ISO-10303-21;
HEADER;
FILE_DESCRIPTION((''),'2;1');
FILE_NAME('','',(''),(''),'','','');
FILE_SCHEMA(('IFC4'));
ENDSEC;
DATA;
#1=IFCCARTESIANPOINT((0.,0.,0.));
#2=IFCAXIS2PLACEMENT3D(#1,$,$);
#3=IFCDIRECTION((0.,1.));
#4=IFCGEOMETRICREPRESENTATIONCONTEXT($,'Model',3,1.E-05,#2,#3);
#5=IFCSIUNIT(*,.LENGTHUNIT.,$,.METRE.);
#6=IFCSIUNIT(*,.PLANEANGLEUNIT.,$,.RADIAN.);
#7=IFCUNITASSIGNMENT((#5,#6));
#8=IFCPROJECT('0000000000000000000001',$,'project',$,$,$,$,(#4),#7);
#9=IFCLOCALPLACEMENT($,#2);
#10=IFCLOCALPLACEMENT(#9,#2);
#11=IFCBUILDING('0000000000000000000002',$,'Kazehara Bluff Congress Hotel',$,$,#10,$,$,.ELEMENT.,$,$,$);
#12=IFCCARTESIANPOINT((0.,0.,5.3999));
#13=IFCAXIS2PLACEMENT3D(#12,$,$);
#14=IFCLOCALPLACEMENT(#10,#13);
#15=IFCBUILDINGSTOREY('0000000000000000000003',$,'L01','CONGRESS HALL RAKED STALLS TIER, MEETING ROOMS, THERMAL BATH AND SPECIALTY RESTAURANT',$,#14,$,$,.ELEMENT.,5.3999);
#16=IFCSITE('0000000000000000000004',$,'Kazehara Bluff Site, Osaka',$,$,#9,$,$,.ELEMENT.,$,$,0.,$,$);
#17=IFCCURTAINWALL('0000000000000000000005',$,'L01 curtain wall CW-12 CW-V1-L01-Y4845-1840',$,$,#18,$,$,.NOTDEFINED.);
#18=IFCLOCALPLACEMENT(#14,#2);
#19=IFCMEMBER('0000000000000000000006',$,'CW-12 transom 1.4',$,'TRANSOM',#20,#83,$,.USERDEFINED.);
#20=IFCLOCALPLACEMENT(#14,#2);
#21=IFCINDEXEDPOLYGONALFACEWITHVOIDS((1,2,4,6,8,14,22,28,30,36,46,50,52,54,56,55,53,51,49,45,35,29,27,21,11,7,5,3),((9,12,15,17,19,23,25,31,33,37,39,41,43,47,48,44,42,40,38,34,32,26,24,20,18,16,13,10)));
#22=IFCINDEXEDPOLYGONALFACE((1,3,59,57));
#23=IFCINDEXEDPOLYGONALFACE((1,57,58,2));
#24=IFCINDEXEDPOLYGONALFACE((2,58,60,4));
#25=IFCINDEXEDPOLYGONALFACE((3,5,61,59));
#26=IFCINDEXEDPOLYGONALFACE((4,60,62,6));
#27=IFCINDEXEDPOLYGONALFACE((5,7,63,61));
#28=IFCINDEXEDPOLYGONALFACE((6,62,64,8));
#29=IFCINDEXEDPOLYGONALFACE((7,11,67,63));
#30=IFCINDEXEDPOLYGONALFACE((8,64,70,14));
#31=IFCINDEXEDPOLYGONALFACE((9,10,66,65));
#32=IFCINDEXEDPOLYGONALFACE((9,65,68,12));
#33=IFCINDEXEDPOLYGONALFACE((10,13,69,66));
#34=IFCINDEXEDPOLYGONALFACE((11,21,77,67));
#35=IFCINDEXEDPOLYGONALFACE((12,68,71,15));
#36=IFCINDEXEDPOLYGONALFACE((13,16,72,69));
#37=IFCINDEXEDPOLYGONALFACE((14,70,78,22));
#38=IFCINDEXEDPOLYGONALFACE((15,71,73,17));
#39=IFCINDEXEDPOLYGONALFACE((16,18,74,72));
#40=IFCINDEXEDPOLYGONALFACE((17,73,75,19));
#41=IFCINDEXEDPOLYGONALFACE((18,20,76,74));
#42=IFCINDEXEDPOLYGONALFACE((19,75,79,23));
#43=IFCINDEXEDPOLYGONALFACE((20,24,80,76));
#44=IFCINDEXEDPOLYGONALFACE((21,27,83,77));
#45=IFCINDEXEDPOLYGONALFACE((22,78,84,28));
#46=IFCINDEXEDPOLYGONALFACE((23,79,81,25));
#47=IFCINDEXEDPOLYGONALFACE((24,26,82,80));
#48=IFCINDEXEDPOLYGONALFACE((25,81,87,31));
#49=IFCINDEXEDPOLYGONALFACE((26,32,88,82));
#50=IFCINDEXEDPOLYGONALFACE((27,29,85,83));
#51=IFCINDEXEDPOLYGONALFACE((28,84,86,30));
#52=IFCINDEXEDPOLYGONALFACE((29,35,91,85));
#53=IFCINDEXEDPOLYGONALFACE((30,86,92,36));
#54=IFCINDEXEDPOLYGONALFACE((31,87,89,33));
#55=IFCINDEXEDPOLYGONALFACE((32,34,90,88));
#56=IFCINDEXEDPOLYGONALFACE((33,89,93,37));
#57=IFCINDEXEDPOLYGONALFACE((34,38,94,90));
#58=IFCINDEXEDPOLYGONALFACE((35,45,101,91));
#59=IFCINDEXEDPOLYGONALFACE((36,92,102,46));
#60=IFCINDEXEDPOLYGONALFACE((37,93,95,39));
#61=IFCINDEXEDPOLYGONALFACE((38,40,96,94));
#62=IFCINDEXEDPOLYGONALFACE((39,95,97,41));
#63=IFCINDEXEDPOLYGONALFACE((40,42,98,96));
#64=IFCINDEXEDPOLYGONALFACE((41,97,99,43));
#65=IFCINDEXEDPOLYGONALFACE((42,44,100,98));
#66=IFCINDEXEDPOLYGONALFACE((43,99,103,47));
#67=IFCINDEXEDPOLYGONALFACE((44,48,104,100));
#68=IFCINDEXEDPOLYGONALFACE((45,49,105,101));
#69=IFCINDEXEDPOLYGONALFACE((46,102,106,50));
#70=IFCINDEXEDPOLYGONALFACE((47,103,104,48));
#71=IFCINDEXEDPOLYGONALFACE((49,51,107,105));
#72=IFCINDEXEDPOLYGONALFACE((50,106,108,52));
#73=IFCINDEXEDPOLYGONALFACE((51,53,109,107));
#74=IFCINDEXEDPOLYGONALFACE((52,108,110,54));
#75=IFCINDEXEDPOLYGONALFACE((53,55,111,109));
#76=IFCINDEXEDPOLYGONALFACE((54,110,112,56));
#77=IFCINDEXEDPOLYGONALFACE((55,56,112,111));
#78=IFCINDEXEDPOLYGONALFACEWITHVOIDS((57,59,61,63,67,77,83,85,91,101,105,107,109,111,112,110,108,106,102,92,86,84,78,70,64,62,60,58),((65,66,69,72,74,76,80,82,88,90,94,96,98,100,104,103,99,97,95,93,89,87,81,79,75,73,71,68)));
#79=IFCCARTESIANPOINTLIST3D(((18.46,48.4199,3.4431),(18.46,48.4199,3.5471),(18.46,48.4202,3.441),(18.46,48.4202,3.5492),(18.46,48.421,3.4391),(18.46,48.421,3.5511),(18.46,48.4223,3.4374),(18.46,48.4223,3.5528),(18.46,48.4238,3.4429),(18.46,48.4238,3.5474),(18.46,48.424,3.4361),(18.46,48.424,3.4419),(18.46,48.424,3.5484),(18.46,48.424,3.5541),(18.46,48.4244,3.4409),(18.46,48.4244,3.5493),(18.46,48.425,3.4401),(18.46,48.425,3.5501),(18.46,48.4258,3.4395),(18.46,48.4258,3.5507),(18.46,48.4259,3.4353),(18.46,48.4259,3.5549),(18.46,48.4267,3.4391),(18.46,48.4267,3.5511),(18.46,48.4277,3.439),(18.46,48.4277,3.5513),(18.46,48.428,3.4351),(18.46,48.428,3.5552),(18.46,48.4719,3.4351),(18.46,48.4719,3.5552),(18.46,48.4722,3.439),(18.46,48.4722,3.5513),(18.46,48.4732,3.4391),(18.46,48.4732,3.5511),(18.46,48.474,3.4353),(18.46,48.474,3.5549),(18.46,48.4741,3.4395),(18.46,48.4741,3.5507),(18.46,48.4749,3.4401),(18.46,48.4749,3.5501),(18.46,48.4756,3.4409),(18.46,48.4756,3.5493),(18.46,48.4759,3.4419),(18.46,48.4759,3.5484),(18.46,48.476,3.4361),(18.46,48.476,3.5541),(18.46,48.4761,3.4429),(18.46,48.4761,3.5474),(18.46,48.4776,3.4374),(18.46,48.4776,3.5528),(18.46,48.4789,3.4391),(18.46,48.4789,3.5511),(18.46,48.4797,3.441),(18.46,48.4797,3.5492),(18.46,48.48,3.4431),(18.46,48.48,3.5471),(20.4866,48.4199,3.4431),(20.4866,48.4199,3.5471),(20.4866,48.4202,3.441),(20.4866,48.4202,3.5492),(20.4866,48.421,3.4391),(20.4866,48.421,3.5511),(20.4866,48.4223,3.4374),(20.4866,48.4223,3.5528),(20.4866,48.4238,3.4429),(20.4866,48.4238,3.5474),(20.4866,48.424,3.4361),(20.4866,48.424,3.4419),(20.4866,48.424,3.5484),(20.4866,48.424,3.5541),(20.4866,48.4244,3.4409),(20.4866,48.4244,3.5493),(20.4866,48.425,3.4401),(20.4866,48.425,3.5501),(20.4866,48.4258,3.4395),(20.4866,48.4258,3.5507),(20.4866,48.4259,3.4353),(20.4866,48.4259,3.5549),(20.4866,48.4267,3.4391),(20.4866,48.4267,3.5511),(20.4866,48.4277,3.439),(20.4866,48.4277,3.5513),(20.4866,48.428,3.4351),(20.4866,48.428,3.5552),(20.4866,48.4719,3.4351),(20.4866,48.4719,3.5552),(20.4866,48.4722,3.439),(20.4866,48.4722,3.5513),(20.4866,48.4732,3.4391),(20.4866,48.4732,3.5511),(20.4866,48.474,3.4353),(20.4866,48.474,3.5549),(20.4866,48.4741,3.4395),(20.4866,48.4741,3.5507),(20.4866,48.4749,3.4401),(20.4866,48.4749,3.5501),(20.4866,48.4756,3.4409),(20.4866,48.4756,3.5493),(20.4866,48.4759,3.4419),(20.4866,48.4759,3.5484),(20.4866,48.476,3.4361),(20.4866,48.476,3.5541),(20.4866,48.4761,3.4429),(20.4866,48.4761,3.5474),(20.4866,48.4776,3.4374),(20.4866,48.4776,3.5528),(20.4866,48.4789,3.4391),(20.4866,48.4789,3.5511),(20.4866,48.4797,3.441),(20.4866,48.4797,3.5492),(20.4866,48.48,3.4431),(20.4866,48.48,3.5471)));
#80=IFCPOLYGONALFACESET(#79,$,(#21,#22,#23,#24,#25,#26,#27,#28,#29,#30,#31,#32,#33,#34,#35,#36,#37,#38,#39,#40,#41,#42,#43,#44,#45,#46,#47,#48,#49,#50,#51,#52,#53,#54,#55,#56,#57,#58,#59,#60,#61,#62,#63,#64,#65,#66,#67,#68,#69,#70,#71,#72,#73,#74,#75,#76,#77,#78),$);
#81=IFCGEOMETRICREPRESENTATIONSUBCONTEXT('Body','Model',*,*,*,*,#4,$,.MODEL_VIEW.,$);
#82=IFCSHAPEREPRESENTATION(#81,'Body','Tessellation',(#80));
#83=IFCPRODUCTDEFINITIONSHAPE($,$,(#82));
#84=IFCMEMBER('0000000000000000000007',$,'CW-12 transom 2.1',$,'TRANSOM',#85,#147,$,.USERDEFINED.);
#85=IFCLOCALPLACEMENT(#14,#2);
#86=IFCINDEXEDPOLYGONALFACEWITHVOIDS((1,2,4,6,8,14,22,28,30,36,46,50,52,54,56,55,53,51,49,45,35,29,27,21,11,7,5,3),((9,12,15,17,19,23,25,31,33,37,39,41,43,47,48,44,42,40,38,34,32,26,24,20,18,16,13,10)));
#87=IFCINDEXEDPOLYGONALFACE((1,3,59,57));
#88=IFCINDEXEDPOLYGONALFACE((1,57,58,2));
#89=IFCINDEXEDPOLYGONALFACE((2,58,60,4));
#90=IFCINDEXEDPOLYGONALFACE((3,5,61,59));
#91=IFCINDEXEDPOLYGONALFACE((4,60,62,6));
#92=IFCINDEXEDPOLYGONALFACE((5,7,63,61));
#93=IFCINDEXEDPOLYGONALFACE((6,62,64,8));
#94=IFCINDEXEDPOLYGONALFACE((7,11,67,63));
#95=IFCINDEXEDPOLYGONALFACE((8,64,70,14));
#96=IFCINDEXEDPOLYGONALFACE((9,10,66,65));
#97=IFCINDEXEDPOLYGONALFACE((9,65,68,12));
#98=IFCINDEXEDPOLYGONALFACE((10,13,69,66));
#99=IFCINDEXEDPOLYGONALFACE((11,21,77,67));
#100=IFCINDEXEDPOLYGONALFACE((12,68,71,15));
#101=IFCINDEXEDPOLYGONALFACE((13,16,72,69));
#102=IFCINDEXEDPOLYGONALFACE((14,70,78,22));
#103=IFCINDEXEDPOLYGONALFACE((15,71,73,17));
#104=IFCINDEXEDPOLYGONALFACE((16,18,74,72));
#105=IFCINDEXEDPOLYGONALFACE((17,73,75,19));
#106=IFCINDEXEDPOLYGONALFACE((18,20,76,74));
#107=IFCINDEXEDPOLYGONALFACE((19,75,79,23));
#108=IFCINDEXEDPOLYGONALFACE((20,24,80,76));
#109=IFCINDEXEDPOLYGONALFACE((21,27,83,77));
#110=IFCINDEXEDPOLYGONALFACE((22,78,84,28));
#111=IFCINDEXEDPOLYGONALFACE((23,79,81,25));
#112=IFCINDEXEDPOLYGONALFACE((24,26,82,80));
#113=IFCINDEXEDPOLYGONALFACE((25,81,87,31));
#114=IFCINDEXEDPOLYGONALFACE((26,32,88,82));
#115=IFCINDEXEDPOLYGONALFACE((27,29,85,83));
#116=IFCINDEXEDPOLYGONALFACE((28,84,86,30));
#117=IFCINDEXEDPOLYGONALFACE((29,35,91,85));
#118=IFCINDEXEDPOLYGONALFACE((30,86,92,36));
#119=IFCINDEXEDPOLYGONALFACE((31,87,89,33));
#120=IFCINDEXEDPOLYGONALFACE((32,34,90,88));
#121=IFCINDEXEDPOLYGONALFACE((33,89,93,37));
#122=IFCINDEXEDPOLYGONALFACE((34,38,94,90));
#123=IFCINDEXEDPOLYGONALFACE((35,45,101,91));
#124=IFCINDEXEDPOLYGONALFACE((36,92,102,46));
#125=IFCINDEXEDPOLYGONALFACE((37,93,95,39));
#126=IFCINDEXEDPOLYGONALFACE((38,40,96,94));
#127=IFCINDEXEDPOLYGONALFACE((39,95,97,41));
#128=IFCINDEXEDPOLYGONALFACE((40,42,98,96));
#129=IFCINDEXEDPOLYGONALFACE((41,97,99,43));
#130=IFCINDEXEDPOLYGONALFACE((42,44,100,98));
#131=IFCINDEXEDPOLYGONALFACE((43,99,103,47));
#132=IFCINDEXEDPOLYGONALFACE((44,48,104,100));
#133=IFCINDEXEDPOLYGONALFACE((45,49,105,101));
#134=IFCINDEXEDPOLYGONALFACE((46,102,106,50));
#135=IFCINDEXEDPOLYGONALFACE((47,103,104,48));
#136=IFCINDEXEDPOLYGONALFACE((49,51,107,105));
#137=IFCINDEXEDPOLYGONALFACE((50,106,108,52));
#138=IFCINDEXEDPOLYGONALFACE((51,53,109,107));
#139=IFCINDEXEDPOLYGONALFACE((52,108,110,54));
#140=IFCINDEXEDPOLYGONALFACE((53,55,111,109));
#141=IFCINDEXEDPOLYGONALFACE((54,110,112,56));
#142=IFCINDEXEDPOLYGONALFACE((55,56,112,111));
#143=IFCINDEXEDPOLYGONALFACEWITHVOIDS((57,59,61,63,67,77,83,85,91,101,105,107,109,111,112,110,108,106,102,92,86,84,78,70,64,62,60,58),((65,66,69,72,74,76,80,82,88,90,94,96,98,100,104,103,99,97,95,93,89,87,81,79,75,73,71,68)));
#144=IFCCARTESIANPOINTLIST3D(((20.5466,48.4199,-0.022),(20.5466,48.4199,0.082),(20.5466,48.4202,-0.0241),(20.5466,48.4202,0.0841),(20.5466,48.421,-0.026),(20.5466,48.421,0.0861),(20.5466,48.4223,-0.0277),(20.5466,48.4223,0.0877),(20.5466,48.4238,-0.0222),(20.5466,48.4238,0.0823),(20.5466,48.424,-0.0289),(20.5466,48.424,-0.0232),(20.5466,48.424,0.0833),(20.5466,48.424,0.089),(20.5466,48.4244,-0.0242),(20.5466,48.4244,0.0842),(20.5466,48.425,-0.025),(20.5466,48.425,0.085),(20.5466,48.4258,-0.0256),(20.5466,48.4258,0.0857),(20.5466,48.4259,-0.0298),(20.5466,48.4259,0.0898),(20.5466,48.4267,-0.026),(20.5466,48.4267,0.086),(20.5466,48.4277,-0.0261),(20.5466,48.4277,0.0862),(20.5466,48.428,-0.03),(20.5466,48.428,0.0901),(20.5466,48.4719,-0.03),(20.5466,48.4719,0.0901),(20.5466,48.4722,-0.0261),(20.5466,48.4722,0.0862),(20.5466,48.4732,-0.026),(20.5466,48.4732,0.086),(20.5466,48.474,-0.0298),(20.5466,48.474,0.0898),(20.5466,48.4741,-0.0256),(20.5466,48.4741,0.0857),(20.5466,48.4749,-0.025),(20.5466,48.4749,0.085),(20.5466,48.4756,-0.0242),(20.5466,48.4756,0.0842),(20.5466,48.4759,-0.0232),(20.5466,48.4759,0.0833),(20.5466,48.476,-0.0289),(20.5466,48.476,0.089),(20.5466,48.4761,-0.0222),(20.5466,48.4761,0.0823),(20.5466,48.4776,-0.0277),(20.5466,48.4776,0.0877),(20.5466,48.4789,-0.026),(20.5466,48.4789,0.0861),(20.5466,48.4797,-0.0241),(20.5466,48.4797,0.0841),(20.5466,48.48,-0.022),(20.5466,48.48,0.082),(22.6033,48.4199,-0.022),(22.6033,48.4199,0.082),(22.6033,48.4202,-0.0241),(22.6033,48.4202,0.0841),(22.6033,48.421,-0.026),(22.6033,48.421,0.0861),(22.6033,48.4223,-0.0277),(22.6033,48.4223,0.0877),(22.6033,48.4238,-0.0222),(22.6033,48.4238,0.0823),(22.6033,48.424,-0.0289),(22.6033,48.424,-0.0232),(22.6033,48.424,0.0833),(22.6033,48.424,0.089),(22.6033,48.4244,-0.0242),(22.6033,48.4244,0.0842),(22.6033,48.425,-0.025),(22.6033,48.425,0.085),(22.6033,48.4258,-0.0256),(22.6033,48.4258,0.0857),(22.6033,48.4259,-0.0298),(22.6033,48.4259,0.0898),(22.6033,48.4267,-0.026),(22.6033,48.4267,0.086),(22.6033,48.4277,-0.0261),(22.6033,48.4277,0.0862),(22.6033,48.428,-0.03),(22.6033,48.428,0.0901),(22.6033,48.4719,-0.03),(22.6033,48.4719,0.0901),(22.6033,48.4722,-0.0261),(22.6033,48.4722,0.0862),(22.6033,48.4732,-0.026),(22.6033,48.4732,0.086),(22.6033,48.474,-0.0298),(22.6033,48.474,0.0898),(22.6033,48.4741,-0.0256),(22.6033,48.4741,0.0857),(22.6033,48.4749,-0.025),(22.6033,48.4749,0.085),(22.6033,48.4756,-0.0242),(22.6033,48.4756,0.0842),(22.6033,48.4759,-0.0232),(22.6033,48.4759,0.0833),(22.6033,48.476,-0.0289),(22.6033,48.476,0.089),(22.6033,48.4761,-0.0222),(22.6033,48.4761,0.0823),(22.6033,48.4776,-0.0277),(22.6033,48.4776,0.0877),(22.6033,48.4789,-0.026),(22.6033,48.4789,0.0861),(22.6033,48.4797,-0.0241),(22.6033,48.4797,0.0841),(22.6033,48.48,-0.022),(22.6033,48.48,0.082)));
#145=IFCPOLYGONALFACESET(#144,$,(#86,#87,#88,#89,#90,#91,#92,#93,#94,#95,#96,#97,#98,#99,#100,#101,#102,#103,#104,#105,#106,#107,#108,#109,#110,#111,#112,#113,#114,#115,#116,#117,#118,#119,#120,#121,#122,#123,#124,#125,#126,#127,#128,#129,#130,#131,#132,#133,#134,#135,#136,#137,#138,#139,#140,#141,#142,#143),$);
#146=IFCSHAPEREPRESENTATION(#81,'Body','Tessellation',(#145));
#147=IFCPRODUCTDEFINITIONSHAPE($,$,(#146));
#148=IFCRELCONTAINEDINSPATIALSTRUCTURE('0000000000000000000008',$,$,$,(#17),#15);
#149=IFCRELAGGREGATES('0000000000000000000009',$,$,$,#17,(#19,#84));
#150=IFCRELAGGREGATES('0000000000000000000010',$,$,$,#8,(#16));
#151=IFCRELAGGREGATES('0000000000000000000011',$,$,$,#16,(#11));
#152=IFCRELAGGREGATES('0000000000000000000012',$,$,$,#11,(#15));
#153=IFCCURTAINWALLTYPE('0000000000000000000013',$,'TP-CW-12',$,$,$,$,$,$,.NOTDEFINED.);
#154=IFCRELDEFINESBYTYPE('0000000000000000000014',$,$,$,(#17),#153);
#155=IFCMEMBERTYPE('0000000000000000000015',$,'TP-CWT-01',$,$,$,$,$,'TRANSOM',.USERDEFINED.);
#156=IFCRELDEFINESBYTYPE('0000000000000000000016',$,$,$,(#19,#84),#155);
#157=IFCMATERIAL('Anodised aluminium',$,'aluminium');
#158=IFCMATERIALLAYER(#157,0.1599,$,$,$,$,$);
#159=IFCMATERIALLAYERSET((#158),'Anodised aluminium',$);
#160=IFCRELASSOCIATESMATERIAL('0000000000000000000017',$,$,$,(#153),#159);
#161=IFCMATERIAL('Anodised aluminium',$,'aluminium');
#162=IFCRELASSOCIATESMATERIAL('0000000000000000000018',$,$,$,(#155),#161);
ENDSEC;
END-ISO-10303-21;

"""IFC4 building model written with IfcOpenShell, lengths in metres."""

from ifc_helpers import new_model, si_unit, direction, frame, origin, origin_2d, place, context, subcontext, project, spatial, hollow_rectangle, extrude, material, layer, layer_set, material_profile, profile_set, type_object, element, aggregate, save


model = new_model("IFC4")

# Units and contexts
model_context = context("Model", 3, precision=1e-05, world=origin(), true_north=direction((0.0, 1.0)))
body_context = subcontext(model_context, "Body", "Model", "MODEL_VIEW")
ifc_project = project(units=[si_unit("LENGTHUNIT", "METRE"), si_unit("PLANEANGLEUNIT", "RADIAN")], contexts=[model_context])

# Site, building, storey
site_placement = place(None, origin())
site = spatial("IfcSite", under=ifc_project, at=site_placement, Name="Kazehara Bluff Site, Osaka", CompositionType="ELEMENT", RefElevation=0.0)
building_placement = place(site_placement, origin())
building = spatial("IfcBuilding", under=site, at=building_placement, Name="Kazehara Bluff Congress Hotel", CompositionType="ELEMENT")
storey_placement = place(building_placement, frame((0.0, 0.0, 5.3999)))
storey = spatial("IfcBuildingStorey", under=building, at=storey_placement, Name="L01", Description="CONGRESS HALL RAKED STALLS TIER, MEETING ROOMS, THERMAL BATH AND SPECIALTY RESTAURANT", CompositionType="ELEMENT", Elevation=5.3999)

# Curtain wall
ifc_material_1 = material(Name="Anodised aluminium", Category="aluminium")
ifc_layer_1 = layer(ifc_material_1, 0.1599)
ifc_layer_set_1 = layer_set([ifc_layer_1], Name="Anodised aluminium")
curtain_wall_type_1 = type_object("IfcCurtainWallType", Name="TP-CW-12", PredefinedType="NOTDEFINED", material=ifc_layer_set_1)
curtain_wall_1_placement = place(storey_placement, origin())
curtain_wall_1 = element("IfcCurtainWall", 1, at=curtain_wall_1_placement, inside=storey, type_object=curtain_wall_type_1, Name="L01 curtain wall CW-12 CW-V1-L01-Y4845-1840", PredefinedType="NOTDEFINED")

# Members
ifc_material_2 = material(Name="Anodised aluminium", Category="aluminium")
ifc_material_profile_1 = material_profile(ifc_material_2, hollow_rectangle(XDim=0.0601, YDim=0.1201, WallThickness=0.0039, InnerFilletRadius=0.0039, OuterFilletRadius=0.0081, at=origin_2d()))
ifc_profile_set_1 = profile_set([ifc_material_profile_1], Name="Anodised aluminium")
member_type_1 = type_object("IfcMemberType", Name="TP-CWT-01", ElementType="TRANSOM", PredefinedType="USERDEFINED", material=ifc_profile_set_1)
member_1_placement = place(storey_placement, frame((18.46, 48.45, 3.4951), z_axis=(1.0, 0.0, 0.0), x_axis=(0.0, 1.0, 0.0)))
member_1 = element("IfcMember", 2, at=member_1_placement, type_object=member_type_1, Name="CW-12 transom 1.4", ObjectType="TRANSOM", PredefinedType="USERDEFINED", context=body_context, shape_type="SweptSolid", body=[
    extrude(hollow_rectangle(XDim=0.0601, YDim=0.1201, WallThickness=0.0039, InnerFilletRadius=0.0039, OuterFilletRadius=0.0081, at=origin_2d()), origin(), (0.0, 0.0, 1.0), 2.0266),
])
member_2_placement = place(storey_placement, frame((20.5466, 48.45, 0.03), z_axis=(1.0, 0.0, 0.0), x_axis=(0.0, 1.0, 0.0)))
member_2 = element("IfcMember", 3, at=member_2_placement, type_object=member_type_1, Name="CW-12 transom 2.1", ObjectType="TRANSOM", PredefinedType="USERDEFINED", context=body_context, shape_type="SweptSolid", body=[
    extrude(hollow_rectangle(XDim=0.0601, YDim=0.1201, WallThickness=0.0039, InnerFilletRadius=0.0039, OuterFilletRadius=0.0081, at=origin_2d()), origin(), (0.0, 0.0, 1.0), 2.0566),
])

aggregate(curtain_wall_1, [member_1, member_2])

save(model, "model.ifc")
